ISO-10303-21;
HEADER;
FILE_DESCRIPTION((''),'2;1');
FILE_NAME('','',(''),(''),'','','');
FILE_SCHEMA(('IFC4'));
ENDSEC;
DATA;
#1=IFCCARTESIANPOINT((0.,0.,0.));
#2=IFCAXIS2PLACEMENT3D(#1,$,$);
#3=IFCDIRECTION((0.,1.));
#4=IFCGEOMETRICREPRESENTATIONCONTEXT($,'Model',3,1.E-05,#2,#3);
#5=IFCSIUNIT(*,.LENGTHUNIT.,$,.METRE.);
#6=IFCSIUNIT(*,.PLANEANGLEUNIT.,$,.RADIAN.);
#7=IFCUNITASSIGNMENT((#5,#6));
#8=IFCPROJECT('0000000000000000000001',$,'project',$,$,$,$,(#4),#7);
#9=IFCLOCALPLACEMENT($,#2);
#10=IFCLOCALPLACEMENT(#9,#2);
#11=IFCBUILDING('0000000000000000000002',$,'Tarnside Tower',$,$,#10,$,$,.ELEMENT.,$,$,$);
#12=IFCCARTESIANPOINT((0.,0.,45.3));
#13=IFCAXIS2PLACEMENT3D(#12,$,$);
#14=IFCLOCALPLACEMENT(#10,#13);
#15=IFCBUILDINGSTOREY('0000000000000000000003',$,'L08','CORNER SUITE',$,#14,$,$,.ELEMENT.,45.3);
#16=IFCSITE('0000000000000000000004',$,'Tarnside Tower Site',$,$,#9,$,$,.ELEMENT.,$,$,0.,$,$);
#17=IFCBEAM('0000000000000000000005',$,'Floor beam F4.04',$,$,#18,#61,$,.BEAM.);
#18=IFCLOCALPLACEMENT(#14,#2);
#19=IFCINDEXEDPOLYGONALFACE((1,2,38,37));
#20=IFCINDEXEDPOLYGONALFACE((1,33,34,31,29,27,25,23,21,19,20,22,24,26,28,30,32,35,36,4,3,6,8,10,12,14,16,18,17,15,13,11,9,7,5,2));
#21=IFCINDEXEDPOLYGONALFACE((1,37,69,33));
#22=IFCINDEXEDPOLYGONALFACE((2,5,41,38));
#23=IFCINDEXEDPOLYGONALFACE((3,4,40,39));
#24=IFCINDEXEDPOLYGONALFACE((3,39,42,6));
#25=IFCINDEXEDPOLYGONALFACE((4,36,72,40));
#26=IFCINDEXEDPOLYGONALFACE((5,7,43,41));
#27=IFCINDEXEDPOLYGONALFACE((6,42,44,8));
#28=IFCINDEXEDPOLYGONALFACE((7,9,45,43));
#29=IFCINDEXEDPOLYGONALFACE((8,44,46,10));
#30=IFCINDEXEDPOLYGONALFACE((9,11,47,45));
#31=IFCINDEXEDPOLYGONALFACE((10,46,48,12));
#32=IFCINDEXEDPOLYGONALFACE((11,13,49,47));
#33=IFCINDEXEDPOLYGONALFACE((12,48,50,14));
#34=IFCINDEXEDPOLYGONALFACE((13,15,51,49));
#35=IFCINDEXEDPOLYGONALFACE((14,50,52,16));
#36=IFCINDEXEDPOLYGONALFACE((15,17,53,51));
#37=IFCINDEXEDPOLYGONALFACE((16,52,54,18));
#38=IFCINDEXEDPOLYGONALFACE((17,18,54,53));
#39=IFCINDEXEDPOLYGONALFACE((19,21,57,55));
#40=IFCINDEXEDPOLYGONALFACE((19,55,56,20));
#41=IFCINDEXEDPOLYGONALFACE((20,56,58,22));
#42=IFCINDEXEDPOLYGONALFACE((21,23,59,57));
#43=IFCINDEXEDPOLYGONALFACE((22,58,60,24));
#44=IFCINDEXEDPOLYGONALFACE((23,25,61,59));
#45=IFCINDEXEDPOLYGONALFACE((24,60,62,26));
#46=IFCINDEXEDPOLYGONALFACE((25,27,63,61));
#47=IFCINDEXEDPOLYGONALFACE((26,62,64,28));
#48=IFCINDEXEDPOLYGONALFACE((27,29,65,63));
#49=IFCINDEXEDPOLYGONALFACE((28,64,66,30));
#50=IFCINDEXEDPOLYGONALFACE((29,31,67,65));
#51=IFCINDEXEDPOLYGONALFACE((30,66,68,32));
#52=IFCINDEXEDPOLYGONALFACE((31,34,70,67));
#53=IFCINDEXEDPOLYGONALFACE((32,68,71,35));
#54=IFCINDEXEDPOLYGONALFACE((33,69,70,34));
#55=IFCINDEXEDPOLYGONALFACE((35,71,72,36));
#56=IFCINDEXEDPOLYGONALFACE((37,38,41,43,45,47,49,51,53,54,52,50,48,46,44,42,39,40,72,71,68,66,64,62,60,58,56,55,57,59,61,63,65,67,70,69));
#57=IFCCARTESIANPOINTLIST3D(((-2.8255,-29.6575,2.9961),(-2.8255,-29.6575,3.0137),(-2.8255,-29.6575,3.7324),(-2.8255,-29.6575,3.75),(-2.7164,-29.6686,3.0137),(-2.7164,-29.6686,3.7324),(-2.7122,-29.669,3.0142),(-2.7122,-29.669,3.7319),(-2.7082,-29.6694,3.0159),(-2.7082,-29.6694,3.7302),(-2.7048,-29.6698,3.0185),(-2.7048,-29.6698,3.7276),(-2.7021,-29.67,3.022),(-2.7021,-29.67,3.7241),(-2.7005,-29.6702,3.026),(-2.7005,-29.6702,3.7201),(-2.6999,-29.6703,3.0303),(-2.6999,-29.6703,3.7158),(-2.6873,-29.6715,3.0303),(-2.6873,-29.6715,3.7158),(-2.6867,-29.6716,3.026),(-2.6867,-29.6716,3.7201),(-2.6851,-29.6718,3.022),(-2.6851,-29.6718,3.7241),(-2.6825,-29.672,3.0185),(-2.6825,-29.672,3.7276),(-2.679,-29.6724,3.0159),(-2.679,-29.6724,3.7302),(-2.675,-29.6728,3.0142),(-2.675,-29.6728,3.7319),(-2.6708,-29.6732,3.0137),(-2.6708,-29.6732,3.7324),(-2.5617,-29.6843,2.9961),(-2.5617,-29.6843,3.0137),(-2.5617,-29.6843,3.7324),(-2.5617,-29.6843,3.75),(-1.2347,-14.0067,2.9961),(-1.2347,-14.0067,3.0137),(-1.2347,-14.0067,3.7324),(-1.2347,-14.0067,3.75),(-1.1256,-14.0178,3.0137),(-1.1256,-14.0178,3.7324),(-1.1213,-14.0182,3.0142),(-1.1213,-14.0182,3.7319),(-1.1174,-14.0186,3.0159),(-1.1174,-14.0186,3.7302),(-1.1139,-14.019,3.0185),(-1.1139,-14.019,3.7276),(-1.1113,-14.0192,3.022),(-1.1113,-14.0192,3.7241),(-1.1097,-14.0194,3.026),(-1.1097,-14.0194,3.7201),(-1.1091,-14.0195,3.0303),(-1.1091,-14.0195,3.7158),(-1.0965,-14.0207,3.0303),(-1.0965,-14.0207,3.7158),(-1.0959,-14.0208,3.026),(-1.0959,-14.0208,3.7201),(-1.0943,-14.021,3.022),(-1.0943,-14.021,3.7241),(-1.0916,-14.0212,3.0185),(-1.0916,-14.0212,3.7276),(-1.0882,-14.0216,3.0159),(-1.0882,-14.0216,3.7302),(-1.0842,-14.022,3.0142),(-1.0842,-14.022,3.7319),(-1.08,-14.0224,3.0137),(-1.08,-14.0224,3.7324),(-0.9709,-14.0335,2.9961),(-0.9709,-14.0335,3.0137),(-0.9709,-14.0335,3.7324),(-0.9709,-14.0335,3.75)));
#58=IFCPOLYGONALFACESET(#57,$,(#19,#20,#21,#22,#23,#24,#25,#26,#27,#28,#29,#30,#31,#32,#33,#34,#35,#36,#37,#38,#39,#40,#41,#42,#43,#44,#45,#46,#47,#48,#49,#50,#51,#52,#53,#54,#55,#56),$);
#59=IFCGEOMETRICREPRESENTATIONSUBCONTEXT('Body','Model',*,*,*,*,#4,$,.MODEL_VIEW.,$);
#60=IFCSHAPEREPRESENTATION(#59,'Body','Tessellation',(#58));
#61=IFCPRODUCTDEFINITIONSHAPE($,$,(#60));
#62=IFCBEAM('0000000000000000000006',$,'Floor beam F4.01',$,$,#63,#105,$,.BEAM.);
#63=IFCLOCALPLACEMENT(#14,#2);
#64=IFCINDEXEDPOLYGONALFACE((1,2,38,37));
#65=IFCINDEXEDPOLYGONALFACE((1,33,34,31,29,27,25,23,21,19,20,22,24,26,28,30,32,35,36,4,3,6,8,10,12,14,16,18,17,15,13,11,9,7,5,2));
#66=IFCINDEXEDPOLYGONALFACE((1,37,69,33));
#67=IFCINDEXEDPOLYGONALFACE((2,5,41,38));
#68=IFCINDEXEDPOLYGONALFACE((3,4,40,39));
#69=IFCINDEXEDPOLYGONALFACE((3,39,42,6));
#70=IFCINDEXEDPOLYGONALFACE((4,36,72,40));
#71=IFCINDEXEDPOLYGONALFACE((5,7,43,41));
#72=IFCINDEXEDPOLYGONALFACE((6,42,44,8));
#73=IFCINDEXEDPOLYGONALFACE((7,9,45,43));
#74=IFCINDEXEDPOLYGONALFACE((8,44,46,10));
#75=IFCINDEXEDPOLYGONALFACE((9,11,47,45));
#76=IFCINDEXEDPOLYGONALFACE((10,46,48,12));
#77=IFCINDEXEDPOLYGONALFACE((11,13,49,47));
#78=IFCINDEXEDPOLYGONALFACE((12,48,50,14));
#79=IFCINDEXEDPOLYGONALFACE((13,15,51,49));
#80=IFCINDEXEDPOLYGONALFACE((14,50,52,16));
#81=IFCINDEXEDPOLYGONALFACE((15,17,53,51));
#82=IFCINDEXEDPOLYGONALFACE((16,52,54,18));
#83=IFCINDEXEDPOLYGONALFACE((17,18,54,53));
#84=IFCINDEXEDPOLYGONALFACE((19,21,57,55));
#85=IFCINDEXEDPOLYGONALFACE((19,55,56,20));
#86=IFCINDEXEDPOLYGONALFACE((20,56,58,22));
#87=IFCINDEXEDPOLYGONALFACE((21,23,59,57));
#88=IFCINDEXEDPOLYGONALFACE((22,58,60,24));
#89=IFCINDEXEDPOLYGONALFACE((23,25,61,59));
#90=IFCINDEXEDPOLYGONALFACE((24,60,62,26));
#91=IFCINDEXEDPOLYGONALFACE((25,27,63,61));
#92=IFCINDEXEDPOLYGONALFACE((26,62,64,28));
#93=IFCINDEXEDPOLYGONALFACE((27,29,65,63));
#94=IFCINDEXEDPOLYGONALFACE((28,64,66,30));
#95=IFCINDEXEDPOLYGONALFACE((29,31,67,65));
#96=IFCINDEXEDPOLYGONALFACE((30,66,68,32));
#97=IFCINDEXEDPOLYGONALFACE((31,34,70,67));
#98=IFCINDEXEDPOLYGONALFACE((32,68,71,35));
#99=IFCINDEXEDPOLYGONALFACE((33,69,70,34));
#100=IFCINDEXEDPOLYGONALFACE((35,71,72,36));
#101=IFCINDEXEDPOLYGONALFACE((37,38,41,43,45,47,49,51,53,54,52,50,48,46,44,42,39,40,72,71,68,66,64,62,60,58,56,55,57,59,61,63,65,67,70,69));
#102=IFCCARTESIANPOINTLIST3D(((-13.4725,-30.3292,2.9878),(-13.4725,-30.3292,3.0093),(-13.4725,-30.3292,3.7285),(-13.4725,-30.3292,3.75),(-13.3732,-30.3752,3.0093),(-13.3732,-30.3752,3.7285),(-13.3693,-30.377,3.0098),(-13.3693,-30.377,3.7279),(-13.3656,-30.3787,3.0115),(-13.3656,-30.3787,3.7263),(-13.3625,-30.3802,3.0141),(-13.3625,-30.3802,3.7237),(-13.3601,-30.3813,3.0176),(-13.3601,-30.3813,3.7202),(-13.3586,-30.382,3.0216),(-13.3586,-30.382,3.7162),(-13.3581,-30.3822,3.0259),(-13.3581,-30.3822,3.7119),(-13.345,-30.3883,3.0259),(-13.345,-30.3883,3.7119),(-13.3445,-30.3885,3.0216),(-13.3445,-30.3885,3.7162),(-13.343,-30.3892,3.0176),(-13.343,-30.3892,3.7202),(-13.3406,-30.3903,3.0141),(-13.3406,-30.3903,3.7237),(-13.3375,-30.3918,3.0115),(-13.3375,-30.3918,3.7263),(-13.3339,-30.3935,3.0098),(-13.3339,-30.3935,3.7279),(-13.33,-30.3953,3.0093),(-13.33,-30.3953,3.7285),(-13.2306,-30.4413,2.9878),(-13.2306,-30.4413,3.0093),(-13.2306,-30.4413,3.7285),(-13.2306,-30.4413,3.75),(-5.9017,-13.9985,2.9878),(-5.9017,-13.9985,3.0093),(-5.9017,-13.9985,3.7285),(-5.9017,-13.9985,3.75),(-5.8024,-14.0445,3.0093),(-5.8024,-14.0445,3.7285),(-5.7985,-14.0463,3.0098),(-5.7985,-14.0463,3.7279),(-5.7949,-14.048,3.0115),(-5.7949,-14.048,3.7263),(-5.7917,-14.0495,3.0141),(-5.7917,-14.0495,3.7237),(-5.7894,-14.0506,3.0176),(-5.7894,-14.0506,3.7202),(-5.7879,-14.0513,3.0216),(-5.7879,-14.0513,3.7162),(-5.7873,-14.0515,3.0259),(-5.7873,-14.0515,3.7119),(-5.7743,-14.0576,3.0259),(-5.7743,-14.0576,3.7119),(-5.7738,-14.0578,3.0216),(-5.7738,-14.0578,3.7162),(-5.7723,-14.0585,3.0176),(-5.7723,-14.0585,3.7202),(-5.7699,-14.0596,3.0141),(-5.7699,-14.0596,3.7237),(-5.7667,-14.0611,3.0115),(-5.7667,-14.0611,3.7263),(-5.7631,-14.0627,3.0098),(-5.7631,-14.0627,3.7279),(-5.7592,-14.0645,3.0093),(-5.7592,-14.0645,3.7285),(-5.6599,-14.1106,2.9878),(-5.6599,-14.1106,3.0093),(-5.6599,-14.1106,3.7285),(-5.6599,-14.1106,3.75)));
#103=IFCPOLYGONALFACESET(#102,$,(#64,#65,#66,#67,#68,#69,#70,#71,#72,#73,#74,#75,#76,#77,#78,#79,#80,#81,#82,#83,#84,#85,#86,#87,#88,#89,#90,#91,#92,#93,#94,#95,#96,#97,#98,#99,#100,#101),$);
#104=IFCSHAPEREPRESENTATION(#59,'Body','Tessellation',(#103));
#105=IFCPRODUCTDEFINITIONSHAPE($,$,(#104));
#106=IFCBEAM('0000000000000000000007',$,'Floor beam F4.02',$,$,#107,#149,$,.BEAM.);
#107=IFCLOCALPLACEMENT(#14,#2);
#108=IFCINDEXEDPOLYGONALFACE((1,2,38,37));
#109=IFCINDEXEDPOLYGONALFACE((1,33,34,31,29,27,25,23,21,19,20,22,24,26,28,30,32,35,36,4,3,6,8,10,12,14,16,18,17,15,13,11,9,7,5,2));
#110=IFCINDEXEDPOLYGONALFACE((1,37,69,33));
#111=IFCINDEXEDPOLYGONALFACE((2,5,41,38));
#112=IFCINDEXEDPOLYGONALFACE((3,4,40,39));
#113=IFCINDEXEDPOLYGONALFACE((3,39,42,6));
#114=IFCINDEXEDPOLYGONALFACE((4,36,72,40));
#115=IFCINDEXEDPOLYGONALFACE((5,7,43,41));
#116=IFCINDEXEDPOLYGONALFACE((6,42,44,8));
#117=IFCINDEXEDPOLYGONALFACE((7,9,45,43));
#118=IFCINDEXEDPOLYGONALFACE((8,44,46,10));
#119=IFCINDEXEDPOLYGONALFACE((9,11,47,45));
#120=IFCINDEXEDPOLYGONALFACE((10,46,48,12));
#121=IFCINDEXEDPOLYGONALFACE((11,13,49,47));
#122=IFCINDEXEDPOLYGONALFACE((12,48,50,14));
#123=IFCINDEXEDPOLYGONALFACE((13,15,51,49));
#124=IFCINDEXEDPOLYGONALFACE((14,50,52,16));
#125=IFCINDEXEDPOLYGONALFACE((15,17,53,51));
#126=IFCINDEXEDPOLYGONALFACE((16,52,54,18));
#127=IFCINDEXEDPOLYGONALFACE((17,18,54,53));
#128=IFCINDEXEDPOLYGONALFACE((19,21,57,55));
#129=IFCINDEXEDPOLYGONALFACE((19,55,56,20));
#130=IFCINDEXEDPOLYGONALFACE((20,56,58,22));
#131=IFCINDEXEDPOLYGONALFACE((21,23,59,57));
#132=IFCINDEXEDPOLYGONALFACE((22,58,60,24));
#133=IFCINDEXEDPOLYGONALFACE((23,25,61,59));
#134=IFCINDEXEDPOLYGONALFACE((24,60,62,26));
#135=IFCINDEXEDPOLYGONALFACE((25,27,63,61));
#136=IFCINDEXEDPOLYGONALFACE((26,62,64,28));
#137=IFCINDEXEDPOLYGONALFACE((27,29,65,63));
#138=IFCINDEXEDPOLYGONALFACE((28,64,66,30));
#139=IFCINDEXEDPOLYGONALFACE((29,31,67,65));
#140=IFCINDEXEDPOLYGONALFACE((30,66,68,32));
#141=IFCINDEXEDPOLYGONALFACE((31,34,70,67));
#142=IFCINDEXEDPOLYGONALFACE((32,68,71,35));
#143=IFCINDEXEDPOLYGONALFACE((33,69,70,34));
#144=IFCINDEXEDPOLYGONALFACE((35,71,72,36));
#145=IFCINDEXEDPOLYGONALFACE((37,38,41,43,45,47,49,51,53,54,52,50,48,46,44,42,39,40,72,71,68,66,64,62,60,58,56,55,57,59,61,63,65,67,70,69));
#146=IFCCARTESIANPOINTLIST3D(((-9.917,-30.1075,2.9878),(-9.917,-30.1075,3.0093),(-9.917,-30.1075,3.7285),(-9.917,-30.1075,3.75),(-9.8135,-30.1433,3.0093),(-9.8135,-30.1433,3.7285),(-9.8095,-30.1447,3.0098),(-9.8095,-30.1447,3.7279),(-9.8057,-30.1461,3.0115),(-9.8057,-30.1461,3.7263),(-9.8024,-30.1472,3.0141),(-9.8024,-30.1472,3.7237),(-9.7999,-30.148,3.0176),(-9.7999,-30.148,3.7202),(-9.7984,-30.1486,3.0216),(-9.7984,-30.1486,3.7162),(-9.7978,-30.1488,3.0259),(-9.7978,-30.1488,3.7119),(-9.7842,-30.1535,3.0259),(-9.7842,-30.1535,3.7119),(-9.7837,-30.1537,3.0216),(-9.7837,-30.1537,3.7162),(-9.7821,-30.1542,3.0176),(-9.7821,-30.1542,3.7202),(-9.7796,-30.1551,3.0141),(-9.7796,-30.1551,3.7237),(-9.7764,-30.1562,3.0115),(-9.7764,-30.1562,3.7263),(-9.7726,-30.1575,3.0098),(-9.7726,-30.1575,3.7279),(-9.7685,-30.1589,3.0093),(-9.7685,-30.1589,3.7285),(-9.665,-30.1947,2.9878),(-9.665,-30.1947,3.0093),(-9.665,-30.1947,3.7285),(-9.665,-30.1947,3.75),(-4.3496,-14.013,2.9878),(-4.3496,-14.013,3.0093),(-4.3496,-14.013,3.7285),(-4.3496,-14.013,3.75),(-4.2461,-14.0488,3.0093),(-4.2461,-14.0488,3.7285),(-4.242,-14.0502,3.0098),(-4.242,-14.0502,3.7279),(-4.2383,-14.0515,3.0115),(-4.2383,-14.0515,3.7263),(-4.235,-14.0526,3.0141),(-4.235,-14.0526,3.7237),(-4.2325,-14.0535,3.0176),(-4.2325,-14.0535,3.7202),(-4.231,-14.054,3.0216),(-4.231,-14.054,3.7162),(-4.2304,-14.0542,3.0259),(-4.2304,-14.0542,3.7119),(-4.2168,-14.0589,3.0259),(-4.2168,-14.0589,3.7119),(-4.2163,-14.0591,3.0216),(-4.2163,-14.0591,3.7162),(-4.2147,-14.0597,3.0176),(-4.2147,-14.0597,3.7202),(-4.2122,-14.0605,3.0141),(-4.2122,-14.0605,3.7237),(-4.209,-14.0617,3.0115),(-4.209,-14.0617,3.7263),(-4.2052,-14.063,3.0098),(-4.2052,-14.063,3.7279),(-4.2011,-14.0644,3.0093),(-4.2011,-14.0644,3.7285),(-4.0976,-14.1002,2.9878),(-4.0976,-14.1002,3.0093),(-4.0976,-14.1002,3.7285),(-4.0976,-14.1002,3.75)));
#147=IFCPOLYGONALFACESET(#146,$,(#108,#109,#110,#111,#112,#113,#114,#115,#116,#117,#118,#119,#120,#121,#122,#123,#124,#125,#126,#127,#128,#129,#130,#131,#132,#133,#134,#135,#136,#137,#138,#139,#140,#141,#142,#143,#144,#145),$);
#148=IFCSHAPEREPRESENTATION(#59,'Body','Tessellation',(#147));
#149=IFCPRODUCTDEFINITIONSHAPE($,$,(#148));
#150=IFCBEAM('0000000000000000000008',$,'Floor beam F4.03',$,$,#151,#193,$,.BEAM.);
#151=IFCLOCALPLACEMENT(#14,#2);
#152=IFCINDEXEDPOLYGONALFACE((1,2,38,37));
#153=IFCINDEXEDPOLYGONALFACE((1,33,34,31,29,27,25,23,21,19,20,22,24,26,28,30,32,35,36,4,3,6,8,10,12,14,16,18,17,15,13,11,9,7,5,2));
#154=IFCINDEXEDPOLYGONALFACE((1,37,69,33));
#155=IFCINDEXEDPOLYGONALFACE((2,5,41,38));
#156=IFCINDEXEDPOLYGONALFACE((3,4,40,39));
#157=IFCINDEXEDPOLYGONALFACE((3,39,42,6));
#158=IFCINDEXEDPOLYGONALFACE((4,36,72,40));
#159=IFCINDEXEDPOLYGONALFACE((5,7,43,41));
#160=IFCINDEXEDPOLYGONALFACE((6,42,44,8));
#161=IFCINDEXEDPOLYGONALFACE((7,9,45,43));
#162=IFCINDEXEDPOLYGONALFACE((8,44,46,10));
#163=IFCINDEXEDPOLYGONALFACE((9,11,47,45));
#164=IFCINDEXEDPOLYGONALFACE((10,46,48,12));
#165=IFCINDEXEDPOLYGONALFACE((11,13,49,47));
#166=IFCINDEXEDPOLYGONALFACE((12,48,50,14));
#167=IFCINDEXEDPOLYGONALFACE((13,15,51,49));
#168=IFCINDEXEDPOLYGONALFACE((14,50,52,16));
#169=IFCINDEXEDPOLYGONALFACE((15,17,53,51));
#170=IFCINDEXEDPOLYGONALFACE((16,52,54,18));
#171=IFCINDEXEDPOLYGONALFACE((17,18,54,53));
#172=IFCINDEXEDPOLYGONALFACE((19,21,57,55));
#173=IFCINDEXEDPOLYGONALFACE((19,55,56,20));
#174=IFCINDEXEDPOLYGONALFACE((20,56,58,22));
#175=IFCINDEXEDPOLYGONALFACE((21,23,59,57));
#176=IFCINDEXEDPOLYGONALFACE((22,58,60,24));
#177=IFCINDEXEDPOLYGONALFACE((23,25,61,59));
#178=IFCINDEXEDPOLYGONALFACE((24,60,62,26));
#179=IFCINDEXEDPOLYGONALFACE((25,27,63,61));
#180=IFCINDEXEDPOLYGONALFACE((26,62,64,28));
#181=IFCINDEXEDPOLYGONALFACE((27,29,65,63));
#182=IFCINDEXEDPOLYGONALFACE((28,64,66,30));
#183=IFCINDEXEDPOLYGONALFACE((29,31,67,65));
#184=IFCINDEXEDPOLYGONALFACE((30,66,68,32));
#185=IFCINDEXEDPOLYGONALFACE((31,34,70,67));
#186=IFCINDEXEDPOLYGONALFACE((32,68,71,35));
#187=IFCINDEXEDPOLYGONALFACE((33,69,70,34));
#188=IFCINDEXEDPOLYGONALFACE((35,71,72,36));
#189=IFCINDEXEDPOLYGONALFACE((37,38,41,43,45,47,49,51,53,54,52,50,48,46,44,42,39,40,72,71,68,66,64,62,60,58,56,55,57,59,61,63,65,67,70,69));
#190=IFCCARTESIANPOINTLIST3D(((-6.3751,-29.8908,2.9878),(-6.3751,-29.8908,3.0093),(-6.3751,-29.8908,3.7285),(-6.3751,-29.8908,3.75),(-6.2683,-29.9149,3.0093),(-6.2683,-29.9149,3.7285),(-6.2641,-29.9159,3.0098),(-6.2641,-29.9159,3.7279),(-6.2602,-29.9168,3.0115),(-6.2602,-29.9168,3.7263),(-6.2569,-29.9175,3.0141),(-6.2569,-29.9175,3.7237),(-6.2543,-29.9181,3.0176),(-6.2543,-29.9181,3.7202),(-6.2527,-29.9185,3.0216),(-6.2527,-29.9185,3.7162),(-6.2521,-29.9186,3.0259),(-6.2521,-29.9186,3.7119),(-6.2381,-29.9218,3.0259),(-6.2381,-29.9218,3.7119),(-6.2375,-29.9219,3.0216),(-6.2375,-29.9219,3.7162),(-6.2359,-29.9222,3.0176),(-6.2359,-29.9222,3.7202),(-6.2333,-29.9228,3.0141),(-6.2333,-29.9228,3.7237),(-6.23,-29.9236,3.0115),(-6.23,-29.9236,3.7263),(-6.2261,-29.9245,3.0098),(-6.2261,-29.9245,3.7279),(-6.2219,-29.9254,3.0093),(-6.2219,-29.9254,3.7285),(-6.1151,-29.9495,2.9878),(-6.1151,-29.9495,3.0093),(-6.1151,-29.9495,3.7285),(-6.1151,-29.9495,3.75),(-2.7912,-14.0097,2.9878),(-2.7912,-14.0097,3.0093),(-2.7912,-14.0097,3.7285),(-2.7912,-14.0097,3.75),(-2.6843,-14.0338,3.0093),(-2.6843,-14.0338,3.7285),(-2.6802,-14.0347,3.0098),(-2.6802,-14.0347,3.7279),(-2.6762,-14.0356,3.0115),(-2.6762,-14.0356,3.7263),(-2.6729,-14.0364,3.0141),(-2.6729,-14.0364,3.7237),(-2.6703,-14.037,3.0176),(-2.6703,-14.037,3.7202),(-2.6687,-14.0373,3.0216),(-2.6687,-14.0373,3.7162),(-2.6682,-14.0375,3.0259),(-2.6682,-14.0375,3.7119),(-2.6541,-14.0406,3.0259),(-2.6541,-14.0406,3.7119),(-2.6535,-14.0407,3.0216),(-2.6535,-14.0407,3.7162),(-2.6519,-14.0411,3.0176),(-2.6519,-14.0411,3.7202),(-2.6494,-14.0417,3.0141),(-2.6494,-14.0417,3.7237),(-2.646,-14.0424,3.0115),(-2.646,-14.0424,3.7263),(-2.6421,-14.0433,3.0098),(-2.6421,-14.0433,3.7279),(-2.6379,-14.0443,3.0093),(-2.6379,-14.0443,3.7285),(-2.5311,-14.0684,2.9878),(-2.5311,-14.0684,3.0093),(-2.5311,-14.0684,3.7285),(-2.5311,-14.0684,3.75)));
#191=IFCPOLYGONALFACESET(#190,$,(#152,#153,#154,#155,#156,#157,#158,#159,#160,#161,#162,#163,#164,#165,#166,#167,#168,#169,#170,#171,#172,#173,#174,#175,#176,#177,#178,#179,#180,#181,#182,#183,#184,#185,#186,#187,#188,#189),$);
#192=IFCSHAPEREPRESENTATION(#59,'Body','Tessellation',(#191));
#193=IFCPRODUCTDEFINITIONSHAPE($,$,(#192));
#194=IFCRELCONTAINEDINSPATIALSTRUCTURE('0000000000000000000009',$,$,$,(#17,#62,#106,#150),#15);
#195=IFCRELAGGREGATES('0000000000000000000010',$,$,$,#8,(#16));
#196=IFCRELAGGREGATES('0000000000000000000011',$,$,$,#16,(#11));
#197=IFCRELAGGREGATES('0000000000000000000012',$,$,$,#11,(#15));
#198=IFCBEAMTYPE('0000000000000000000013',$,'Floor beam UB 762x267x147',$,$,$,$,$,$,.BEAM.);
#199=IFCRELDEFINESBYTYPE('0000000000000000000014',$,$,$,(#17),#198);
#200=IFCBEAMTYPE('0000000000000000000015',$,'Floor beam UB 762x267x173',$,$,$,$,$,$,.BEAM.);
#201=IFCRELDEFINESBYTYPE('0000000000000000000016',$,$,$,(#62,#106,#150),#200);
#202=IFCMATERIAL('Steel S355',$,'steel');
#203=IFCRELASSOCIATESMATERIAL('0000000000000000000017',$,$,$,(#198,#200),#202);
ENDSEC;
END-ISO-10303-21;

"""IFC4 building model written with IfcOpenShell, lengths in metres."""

from ifc_helpers import new_model, si_unit, direction, frame, origin, origin_2d, place, context, subcontext, project, spatial, i_section, extrude, material, material_profile, profile_set, type_object, element, save


model = new_model("IFC4")

# Units and contexts
model_context = context("Model", 3, precision=1e-05, world=origin(), true_north=direction((0.0, 1.0)))
body_context = subcontext(model_context, "Body", "Model", "MODEL_VIEW")
ifc_project = project(units=[si_unit("LENGTHUNIT", "METRE"), si_unit("PLANEANGLEUNIT", "RADIAN")], contexts=[model_context])

# Site, building, storey
site_placement = place(None, origin())
site = spatial("IfcSite", under=ifc_project, at=site_placement, Name="Tarnside Tower Site", CompositionType="ELEMENT", RefElevation=0.0)
building_placement = place(site_placement, origin())
building = spatial("IfcBuilding", under=site, at=building_placement, Name="Tarnside Tower", CompositionType="ELEMENT")
storey_placement = place(building_placement, frame((0.0, 0.0, 45.3)))
storey = spatial("IfcBuildingStorey", under=building, at=storey_placement, Name="L08", Description="CORNER SUITE", CompositionType="ELEMENT", Elevation=45.3)

# Beams
ifc_material_1 = material(Name="Steel S355", Category="steel")
ifc_material_profile_1 = material_profile(ifc_material_1, i_section(OverallWidth=0.2651, OverallDepth=0.7539, WebThickness=0.0127, FlangeThickness=0.0176, FilletRadius=0.0166, at=origin_2d()), Name="UB 762x267x147")
ifc_profile_set_1 = profile_set([ifc_material_profile_1], Name="Steel S355")
beam_type_1 = type_object("IfcBeamType", Name="Floor beam UB 762x267x147", PredefinedType="BEAM", material=ifc_profile_set_1)
beam_1_placement = place(storey_placement, frame((-2.6936, -29.6709, 3.373), z_axis=(0.101123, 0.994874, 0.0), x_axis=(-0.994874, 0.101123, 0.0)))
element("IfcBeam", 1, at=beam_1_placement, inside=storey, type_object=beam_type_1, Name="Floor beam F4.04", PredefinedType="BEAM", context=body_context, shape_type="SweptSolid", body=[
    extrude(i_section(OverallWidth=0.2651, OverallDepth=0.7539, WebThickness=0.0127, FlangeThickness=0.0176, FilletRadius=0.0166, at=origin_2d()), origin(), (0.0, 0.0, 1.0), 15.7314),
])
ifc_material_profile_2 = material_profile(ifc_material_1, i_section(OverallWidth=0.2666, OverallDepth=0.7622, WebThickness=0.0144, FlangeThickness=0.0215, FilletRadius=0.0166, at=origin_2d()), Name="UB 762x267x173")
ifc_profile_set_2 = profile_set([ifc_material_profile_2], Name="Steel S355")
beam_type_2 = type_object("IfcBeamType", Name="Floor beam UB 762x267x173", PredefinedType="BEAM", material=ifc_profile_set_2)
beam_2_placement = place(storey_placement, frame((-13.3516, -30.3853, 3.3689), z_axis=(0.420592, 0.90725, 0.0), x_axis=(-0.90725, 0.420592, 0.0)))
element("IfcBeam", 2, at=beam_2_placement, inside=storey, type_object=beam_type_2, Name="Floor beam F4.01", PredefinedType="BEAM", context=body_context, shape_type="SweptSolid", body=[
    extrude(i_section(OverallWidth=0.2666, OverallDepth=0.7622, WebThickness=0.0144, FlangeThickness=0.0215, FilletRadius=0.0166, at=origin_2d()), origin(), (0.0, 0.0, 1.0), 18.0002),
])
beam_3_placement = place(storey_placement, frame((-9.791, -30.1511, 3.3689), z_axis=(0.326912, 0.945055, 0.0), x_axis=(-0.945055, 0.326912, 0.0)))
element("IfcBeam", 3, at=beam_3_placement, inside=storey, type_object=beam_type_2, Name="Floor beam F4.02", PredefinedType="BEAM", context=body_context, shape_type="SweptSolid", body=[
    extrude(i_section(OverallWidth=0.2666, OverallDepth=0.7622, WebThickness=0.0144, FlangeThickness=0.0215, FilletRadius=0.0166, at=origin_2d()), origin(), (0.0, 0.0, 1.0), 17.0303),
])
beam_4_placement = place(storey_placement, frame((-6.2451, -29.9202, 3.3689), z_axis=(0.22014, 0.975468, 0.0), x_axis=(-0.975468, 0.22014, 0.0)))
element("IfcBeam", 4, at=beam_4_placement, inside=storey, type_object=beam_type_2, Name="Floor beam F4.03", PredefinedType="BEAM", context=body_context, shape_type="SweptSolid", body=[
    extrude(i_section(OverallWidth=0.2666, OverallDepth=0.7622, WebThickness=0.0144, FlangeThickness=0.0215, FilletRadius=0.0166, at=origin_2d()), origin(), (0.0, 0.0, 1.0), 16.2805),
])

save(model, "model.ifc")
